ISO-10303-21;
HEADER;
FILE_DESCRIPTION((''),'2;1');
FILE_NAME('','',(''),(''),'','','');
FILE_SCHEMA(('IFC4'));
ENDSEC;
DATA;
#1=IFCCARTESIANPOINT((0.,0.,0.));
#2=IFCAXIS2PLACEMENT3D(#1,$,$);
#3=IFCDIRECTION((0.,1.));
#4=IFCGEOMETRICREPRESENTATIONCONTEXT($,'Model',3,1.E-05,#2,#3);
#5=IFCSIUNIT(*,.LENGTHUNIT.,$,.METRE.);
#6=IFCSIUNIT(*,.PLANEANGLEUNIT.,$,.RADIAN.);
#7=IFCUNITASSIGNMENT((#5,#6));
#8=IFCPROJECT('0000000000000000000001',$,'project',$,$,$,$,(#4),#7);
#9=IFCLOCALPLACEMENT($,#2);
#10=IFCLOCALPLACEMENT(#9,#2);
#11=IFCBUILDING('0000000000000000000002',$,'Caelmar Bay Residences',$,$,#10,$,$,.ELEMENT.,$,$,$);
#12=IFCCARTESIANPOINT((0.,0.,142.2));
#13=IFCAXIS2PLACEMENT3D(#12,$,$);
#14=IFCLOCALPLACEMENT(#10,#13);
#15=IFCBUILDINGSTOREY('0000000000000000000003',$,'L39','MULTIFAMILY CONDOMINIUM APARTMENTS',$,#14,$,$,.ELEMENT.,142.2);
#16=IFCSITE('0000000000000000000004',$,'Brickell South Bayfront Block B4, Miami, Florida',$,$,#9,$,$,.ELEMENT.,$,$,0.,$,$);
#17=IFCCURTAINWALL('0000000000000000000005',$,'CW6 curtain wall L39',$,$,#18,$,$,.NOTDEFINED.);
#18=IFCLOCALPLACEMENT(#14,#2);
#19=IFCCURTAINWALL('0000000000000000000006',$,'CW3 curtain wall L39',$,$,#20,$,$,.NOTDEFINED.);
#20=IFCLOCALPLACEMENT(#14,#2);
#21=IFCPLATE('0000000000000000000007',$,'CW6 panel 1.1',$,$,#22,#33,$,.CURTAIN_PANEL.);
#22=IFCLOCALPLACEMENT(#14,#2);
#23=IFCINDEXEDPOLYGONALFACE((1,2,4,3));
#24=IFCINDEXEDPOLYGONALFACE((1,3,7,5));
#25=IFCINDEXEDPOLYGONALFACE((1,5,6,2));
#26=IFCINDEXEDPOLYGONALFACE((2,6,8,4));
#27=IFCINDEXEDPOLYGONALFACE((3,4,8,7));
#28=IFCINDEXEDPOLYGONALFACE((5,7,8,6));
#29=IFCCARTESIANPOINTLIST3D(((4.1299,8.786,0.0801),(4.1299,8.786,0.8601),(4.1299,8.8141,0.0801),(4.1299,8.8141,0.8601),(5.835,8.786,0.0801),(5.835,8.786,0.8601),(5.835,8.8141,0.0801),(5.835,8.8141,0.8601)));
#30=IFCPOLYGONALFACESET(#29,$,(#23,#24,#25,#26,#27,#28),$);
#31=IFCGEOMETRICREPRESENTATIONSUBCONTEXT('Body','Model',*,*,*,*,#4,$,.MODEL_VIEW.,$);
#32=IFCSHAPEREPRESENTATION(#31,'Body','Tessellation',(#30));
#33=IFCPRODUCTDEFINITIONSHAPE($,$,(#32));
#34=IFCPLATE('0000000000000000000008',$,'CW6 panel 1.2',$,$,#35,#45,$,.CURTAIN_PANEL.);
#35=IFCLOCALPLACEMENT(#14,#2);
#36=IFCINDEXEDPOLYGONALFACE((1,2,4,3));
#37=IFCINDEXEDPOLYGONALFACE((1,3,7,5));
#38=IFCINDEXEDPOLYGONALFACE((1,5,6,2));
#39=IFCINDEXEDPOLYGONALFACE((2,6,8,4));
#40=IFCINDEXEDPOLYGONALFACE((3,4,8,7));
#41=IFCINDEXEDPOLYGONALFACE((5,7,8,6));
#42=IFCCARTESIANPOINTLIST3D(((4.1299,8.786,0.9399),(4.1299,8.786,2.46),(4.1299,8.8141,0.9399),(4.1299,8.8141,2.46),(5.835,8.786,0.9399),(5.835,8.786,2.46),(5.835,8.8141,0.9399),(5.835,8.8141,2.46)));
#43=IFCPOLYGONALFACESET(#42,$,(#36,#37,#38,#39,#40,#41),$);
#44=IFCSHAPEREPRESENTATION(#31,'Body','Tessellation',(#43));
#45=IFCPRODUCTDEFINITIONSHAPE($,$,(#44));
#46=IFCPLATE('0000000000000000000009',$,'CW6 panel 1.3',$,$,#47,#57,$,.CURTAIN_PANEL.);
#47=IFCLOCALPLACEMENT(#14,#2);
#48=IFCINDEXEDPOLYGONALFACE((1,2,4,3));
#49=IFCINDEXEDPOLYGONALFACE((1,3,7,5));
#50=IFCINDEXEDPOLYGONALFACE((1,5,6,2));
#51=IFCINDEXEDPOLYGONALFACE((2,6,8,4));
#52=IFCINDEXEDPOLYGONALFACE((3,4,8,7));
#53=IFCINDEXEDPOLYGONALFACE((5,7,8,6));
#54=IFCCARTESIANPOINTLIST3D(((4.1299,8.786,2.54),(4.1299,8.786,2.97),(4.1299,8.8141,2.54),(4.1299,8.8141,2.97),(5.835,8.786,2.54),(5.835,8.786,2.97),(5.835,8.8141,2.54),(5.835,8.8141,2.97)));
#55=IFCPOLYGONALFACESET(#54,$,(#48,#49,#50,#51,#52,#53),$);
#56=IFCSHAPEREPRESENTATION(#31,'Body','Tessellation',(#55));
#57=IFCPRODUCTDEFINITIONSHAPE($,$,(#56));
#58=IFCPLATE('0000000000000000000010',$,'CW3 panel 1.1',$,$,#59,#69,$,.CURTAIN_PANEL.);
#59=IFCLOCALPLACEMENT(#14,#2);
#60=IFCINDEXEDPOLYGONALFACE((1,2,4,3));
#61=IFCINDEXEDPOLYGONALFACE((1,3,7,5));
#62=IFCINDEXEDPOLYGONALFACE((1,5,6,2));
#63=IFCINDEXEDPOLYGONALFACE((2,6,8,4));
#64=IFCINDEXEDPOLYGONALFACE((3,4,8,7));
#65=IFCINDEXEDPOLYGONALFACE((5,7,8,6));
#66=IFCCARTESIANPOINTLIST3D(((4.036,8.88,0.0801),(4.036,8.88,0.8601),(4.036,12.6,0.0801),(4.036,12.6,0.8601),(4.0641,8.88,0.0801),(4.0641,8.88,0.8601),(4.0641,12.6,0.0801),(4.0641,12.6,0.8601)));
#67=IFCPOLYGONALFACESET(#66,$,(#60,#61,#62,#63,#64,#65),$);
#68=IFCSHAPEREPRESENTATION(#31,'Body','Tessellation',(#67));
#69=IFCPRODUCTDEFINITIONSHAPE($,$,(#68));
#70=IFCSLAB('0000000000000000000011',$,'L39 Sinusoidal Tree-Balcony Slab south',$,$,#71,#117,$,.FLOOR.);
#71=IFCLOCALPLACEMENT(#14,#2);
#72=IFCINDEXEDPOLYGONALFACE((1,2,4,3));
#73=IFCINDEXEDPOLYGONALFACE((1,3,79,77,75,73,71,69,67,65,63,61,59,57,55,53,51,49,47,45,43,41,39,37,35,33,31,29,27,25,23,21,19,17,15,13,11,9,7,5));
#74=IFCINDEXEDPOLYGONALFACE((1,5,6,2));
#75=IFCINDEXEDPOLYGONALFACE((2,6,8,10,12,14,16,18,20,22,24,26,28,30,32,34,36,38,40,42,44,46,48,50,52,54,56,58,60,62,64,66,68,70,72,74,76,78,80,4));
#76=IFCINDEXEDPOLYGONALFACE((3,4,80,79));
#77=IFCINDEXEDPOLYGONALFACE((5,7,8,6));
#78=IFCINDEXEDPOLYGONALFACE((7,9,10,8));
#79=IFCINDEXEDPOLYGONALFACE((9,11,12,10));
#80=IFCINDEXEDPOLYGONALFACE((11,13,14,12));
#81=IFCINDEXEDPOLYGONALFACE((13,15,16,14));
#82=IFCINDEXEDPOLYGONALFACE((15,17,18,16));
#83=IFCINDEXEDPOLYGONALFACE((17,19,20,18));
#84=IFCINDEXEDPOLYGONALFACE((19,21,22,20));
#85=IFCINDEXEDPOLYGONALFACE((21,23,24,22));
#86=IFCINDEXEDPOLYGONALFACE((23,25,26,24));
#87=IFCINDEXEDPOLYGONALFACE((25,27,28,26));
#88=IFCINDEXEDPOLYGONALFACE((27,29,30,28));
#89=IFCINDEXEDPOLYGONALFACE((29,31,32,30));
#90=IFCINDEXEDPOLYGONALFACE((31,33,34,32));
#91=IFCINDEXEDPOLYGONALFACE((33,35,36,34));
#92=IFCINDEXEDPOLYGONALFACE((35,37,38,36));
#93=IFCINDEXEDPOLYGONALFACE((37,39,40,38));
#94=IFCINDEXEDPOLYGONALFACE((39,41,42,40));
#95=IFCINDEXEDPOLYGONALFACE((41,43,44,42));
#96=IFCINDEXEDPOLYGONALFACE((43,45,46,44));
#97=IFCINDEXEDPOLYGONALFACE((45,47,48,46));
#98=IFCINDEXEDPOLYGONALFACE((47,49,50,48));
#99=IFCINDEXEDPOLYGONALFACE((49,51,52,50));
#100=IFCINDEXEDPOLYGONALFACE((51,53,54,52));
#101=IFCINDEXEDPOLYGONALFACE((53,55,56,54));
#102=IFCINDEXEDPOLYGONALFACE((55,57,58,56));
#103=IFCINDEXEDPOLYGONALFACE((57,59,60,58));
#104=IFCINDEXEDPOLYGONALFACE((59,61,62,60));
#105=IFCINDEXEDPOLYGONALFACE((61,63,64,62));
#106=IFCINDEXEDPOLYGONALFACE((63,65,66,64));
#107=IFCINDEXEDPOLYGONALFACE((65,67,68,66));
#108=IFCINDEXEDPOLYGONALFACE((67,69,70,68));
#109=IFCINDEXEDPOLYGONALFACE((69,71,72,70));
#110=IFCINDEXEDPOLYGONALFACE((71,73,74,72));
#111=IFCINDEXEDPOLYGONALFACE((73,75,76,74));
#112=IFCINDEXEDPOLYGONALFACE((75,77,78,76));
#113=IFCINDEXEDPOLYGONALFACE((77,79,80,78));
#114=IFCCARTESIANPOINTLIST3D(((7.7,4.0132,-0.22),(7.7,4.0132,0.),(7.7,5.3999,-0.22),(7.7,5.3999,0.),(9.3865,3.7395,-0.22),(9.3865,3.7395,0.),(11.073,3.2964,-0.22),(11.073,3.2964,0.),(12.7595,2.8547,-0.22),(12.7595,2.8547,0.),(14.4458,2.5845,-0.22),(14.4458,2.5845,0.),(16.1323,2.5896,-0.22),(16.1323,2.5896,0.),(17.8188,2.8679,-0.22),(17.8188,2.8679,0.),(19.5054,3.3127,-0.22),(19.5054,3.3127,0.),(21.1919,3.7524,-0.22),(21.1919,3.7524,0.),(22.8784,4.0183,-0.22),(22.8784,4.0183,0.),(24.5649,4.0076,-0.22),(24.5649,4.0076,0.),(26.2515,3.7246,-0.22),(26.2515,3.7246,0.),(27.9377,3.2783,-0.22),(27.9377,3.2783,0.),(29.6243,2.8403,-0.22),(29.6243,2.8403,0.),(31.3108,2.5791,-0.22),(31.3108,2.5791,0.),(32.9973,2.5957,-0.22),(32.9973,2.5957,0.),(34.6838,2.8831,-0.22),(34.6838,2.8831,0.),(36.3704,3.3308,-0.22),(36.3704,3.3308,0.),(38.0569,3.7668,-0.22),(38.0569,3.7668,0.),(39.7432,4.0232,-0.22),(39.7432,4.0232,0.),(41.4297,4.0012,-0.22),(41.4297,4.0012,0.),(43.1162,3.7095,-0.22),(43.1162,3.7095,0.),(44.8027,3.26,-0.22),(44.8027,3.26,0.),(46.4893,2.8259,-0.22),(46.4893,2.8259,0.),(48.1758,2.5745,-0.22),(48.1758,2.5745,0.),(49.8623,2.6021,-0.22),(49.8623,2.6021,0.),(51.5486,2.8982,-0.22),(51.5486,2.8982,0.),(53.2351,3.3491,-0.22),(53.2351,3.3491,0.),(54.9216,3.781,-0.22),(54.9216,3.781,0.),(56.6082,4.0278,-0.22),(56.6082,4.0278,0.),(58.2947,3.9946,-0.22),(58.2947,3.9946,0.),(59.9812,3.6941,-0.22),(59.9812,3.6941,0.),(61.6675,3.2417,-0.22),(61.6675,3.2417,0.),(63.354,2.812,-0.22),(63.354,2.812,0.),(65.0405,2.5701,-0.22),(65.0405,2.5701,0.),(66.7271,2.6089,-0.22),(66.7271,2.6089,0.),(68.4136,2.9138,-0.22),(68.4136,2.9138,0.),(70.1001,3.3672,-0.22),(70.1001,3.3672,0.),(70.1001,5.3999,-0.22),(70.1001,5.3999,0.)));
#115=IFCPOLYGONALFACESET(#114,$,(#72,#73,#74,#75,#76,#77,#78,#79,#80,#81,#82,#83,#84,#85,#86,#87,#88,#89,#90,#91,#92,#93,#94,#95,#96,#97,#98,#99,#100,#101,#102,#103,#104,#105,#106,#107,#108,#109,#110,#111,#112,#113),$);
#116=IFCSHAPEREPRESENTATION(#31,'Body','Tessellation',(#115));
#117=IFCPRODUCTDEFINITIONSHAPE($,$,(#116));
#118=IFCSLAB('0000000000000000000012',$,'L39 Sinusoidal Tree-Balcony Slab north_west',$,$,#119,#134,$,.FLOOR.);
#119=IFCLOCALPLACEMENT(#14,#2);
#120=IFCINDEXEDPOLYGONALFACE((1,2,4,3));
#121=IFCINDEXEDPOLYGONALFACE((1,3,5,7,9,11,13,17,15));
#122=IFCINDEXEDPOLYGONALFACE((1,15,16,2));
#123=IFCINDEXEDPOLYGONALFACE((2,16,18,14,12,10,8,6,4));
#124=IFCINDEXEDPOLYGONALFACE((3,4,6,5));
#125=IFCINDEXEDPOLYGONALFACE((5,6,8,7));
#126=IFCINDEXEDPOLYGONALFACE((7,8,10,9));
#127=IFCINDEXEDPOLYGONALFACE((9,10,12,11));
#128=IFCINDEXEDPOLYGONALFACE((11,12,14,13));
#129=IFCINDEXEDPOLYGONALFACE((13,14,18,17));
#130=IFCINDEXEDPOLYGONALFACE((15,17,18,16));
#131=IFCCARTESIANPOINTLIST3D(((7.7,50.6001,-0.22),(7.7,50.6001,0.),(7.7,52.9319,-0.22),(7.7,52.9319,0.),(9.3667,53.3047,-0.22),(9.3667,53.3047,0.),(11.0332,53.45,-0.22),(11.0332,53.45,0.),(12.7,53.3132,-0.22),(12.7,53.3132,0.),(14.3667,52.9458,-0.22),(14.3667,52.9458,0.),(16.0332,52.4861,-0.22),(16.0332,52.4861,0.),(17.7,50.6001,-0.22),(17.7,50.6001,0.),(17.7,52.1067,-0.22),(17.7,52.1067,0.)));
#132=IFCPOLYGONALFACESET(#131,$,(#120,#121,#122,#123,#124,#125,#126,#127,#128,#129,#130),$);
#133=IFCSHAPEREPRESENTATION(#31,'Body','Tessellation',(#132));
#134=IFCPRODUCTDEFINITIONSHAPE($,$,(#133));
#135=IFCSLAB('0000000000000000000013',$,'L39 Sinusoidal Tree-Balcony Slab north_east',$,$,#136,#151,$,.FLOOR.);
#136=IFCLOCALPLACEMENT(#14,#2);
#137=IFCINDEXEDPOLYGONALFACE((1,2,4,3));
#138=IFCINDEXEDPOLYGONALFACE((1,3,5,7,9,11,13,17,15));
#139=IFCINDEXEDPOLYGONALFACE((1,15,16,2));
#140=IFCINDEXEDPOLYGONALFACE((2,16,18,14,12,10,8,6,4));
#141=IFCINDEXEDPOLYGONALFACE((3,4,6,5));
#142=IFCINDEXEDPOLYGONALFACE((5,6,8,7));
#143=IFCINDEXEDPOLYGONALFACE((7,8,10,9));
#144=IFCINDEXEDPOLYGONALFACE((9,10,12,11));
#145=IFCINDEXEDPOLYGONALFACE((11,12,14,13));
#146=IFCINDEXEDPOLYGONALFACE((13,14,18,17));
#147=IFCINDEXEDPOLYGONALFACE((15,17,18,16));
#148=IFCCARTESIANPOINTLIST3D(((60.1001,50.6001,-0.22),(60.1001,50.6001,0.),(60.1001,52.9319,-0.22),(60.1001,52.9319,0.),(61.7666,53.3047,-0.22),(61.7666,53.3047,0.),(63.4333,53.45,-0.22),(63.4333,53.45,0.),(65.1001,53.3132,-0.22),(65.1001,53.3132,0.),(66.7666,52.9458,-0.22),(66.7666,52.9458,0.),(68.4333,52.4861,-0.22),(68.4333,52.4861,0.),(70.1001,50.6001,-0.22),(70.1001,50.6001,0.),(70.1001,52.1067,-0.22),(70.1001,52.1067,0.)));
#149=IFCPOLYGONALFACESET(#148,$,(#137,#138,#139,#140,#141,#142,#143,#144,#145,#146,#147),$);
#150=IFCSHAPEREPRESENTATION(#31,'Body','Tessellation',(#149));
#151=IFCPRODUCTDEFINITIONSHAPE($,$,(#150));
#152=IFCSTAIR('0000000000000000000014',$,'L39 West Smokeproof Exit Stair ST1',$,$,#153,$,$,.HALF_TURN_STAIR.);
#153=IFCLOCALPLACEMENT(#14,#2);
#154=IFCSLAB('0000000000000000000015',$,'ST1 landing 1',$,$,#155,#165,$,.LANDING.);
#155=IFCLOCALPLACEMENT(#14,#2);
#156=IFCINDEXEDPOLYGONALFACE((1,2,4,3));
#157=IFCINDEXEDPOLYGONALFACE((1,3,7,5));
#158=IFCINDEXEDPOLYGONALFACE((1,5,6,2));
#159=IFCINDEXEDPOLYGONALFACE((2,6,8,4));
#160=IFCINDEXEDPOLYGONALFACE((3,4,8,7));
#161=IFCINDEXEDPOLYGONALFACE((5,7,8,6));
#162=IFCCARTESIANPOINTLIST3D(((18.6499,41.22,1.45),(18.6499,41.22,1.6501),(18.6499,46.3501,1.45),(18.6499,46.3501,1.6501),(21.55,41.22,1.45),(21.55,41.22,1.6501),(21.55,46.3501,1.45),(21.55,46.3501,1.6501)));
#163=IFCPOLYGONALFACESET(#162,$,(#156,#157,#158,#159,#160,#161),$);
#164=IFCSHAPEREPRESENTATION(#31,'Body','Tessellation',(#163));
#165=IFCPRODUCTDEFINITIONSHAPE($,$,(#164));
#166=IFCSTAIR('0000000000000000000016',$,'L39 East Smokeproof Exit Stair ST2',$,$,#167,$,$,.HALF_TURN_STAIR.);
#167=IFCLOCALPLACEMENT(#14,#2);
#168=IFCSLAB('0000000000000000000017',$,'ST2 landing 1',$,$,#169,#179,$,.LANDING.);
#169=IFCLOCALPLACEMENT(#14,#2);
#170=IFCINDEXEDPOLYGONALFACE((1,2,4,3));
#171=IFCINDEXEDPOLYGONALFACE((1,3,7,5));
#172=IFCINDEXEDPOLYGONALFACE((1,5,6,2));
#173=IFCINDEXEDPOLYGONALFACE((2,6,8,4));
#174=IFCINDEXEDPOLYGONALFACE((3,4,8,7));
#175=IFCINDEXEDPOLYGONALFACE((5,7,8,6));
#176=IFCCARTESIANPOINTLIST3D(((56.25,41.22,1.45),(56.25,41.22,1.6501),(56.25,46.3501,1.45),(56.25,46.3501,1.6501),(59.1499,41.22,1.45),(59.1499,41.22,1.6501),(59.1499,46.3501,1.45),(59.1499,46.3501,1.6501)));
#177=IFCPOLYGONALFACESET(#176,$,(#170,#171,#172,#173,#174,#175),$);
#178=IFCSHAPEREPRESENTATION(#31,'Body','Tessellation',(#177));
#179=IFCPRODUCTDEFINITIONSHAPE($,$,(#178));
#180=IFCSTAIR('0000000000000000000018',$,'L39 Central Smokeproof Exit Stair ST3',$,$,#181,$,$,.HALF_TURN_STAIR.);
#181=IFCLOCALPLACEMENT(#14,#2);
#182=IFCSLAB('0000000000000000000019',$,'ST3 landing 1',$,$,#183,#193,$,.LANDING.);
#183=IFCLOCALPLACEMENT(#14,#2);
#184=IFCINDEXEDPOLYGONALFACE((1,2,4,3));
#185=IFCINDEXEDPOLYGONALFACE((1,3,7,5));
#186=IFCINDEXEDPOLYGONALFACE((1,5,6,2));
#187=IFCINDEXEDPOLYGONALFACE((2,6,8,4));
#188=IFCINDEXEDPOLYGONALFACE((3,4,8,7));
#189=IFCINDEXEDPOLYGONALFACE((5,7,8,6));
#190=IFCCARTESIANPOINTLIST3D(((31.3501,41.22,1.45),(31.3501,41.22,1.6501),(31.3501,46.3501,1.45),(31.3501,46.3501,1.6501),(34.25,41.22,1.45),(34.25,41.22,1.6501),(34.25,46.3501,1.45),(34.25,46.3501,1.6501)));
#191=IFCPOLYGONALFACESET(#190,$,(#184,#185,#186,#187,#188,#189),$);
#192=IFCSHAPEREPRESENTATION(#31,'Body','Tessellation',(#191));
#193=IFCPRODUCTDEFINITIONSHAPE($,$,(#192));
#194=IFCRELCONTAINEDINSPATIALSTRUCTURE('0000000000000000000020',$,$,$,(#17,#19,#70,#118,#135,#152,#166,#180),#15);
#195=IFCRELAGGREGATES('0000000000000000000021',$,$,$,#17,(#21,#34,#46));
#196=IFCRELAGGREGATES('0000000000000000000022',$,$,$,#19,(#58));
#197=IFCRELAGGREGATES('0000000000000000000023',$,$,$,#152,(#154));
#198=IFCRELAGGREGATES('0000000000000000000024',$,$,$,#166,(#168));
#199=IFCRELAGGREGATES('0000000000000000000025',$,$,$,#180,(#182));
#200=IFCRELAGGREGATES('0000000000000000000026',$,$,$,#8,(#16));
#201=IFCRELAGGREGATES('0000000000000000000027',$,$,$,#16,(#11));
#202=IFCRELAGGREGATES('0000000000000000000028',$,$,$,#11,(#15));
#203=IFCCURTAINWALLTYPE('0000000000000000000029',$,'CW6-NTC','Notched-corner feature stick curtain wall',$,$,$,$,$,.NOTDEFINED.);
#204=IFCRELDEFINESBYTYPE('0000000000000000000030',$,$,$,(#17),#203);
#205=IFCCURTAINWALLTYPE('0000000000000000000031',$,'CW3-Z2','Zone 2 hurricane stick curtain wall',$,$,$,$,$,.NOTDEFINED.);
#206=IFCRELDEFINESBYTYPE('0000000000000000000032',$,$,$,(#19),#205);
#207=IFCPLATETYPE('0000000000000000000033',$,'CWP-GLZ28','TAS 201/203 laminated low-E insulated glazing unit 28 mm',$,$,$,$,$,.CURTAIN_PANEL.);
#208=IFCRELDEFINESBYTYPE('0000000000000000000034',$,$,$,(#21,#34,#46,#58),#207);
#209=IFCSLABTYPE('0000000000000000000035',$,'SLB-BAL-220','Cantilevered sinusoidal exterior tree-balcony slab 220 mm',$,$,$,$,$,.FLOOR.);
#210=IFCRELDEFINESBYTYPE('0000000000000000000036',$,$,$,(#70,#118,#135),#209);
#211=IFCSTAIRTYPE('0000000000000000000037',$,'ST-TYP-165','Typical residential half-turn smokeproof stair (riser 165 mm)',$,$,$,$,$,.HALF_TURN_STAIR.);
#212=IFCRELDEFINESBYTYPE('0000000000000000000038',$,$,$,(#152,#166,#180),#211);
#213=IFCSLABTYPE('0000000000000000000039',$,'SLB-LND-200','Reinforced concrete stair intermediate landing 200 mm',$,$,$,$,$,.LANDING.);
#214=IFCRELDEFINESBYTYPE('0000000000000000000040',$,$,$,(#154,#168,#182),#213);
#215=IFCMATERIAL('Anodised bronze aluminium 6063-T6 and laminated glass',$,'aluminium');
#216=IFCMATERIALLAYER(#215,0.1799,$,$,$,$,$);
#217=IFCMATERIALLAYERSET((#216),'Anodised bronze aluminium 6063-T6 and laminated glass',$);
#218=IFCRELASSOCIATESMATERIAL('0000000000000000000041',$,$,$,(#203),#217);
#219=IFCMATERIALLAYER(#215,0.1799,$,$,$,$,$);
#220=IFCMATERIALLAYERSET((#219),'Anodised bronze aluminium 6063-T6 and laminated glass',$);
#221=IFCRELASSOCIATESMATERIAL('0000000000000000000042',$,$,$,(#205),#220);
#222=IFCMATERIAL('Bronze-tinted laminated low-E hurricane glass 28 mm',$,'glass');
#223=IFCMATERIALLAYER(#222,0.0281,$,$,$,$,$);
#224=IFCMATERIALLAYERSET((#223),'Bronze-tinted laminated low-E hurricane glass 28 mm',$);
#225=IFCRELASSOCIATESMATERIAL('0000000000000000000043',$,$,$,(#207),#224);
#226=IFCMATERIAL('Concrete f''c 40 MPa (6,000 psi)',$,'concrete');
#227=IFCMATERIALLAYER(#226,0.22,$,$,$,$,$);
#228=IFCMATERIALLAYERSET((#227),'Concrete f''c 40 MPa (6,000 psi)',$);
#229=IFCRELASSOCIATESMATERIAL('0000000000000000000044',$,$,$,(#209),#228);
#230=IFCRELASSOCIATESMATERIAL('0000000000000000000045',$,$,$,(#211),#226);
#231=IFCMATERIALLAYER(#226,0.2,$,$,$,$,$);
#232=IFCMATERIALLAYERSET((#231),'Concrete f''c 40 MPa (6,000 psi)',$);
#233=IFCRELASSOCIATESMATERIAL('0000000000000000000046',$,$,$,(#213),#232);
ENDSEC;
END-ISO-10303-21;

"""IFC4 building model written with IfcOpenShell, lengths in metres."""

from ifc_helpers import new_model, si_unit, direction, frame, origin, origin_2d, place, context, subcontext, project, spatial, polyline, rectangle, outline, extrude, material, layer, layer_set, type_object, element, aggregate, save


model = new_model("IFC4")

# Units and contexts
model_context = context("Model", 3, precision=1e-05, world=origin(), true_north=direction((0.0, 1.0)))
body_context = subcontext(model_context, "Body", "Model", "MODEL_VIEW")
ifc_project = project(units=[si_unit("LENGTHUNIT", "METRE"), si_unit("PLANEANGLEUNIT", "RADIAN")], contexts=[model_context])

# Site, building, storey
site_placement = place(None, origin())
site = spatial("IfcSite", under=ifc_project, at=site_placement, Name="Brickell South Bayfront Block B4, Miami, Florida", CompositionType="ELEMENT", RefElevation=0.0)
building_placement = place(site_placement, origin())
building = spatial("IfcBuilding", under=site, at=building_placement, Name="Caelmar Bay Residences", CompositionType="ELEMENT")
storey_placement = place(building_placement, frame((0.0, 0.0, 142.2)))
storey = spatial("IfcBuildingStorey", under=building, at=storey_placement, Name="L39", Description="MULTIFAMILY CONDOMINIUM APARTMENTS", CompositionType="ELEMENT", Elevation=142.2)

# Curtain wall
ifc_material_1 = material(Name="Anodised bronze aluminium 6063-T6 and laminated glass", Category="aluminium")
ifc_layer_1 = layer(ifc_material_1, 0.1799)
ifc_layer_set_1 = layer_set([ifc_layer_1], Name="Anodised bronze aluminium 6063-T6 and laminated glass")
curtain_wall_type_1 = type_object("IfcCurtainWallType", Name="CW6-NTC", Description="Notched-corner feature stick curtain wall", PredefinedType="NOTDEFINED", material=ifc_layer_set_1)
curtain_wall_1_placement = place(storey_placement, origin())
curtain_wall_1 = element("IfcCurtainWall", 1, at=curtain_wall_1_placement, inside=storey, type_object=curtain_wall_type_1, Name="CW6 curtain wall L39", PredefinedType="NOTDEFINED")

# Curtain wall
ifc_layer_2 = layer(ifc_material_1, 0.1799)
ifc_layer_set_2 = layer_set([ifc_layer_2], Name="Anodised bronze aluminium 6063-T6 and laminated glass")
curtain_wall_type_2 = type_object("IfcCurtainWallType", Name="CW3-Z2", Description="Zone 2 hurricane stick curtain wall", PredefinedType="NOTDEFINED", material=ifc_layer_set_2)
curtain_wall_2_placement = place(storey_placement, origin())
curtain_wall_2 = element("IfcCurtainWall", 2, at=curtain_wall_2_placement, inside=storey, type_object=curtain_wall_type_2, Name="CW3 curtain wall L39", PredefinedType="NOTDEFINED")

# Plates
ifc_material_2 = material(Name="Bronze-tinted laminated low-E hurricane glass 28 mm", Category="glass")
ifc_layer_3 = layer(ifc_material_2, 0.0281)
ifc_layer_set_3 = layer_set([ifc_layer_3], Name="Bronze-tinted laminated low-E hurricane glass 28 mm")
plate_type = type_object("IfcPlateType", Name="CWP-GLZ28", Description="TAS 201/203 laminated low-E insulated glazing unit 28 mm", PredefinedType="CURTAIN_PANEL", material=ifc_layer_set_3)
plate_1_placement = place(storey_placement, frame((4.9824, 8.8, 0.0801), z_axis=(0.0, 0.0, 1.0), x_axis=(1.0, 0.0, 0.0)))
plate_1 = element("IfcPlate", 3, at=plate_1_placement, type_object=plate_type, Name="CW6 panel 1.1", PredefinedType="CURTAIN_PANEL", context=body_context, shape_type="SweptSolid", body=[
    extrude(rectangle(XDim=1.7051, YDim=0.0281, at=origin_2d()), origin(), (0.0, 0.0, 1.0), 0.78),
])
plate_2_placement = place(storey_placement, frame((4.9824, 8.8, 0.9399), z_axis=(0.0, 0.0, 1.0), x_axis=(1.0, 0.0, 0.0)))
plate_2 = element("IfcPlate", 4, at=plate_2_placement, type_object=plate_type, Name="CW6 panel 1.2", PredefinedType="CURTAIN_PANEL", context=body_context, shape_type="SweptSolid", body=[
    extrude(rectangle(XDim=1.7051, YDim=0.0281, at=origin_2d()), origin(), (0.0, 0.0, 1.0), 1.52),
])
plate_3_placement = place(storey_placement, frame((4.9824, 8.8, 2.54), z_axis=(0.0, 0.0, 1.0), x_axis=(1.0, 0.0, 0.0)))
plate_3 = element("IfcPlate", 5, at=plate_3_placement, type_object=plate_type, Name="CW6 panel 1.3", PredefinedType="CURTAIN_PANEL", context=body_context, shape_type="SweptSolid", body=[
    extrude(rectangle(XDim=1.7051, YDim=0.0281, at=origin_2d()), origin(), (0.0, 0.0, 1.0), 0.4299),
])
aggregate(curtain_wall_1, [plate_1, plate_2, plate_3])
plate_4_placement = place(storey_placement, frame((4.05, 10.74, 0.0801), z_axis=(0.0, 0.0, 1.0), x_axis=(0.0, 1.0, 0.0)))
plate_4 = element("IfcPlate", 6, at=plate_4_placement, type_object=plate_type, Name="CW3 panel 1.1", PredefinedType="CURTAIN_PANEL", context=body_context, shape_type="SweptSolid", body=[
    extrude(rectangle(XDim=3.72, YDim=0.0281, at=origin_2d()), origin(), (0.0, 0.0, 1.0), 0.78),
])
aggregate(curtain_wall_2, [plate_4])

# Slabs
ifc_material_3 = material(Name="Concrete f'c 40 MPa (6,000 psi)", Category="concrete")
ifc_layer_4 = layer(ifc_material_3, 0.22)
ifc_layer_set_4 = layer_set([ifc_layer_4], Name="Concrete f'c 40 MPa (6,000 psi)")
slab_type_1 = type_object("IfcSlabType", Name="SLB-BAL-220", Description="Cantilevered sinusoidal exterior tree-balcony slab 220 mm", PredefinedType="FLOOR", material=ifc_layer_set_4)
slab_1_placement = place(storey_placement, frame((0.0, 0.0, -0.22)))
element("IfcSlab", 7, at=slab_1_placement, inside=storey, type_object=slab_type_1, Name="L39 Sinusoidal Tree-Balcony Slab south", PredefinedType="FLOOR", context=body_context, shape_type="SweptSolid", body=[
    extrude(outline(polyline([(7.7, 4.0132), (9.3865, 3.7395), (11.073, 3.2964), (12.7595, 2.8547), (14.4458, 2.5845), (16.1323, 2.5896), (17.8188, 2.8679), (19.5054, 3.3127), (21.1919, 3.7524), (22.8784, 4.0183), (24.5649, 4.0076), (26.2515, 3.7246), (27.9377, 3.2783), (29.6243, 2.8403), (31.3108, 2.5791), (32.9973, 2.5957), (34.6838, 2.8831), (36.3704, 3.3308), (38.0569, 3.7668), (39.7432, 4.0232), (41.4297, 4.0012), (43.1162, 3.7095), (44.8027, 3.26), (46.4893, 2.8259), (48.1758, 2.5745), (49.8623, 2.6021), (51.5486, 2.8982), (53.2351, 3.3491), (54.9216, 3.781), (56.6082, 4.0278), (58.2947, 3.9946), (59.9812, 3.6941), (61.6675, 3.2417), (63.354, 2.812), (65.0405, 2.5701), (66.7271, 2.6089), (68.4136, 2.9138), (70.1001, 3.3672), (70.1001, 5.3999), (7.7, 5.3999), (7.7, 4.0132)])), origin(), (0.0, 0.0, 1.0), 0.22),
])
slab_2_placement = place(storey_placement, frame((0.0, 0.0, -0.22)))
element("IfcSlab", 8, at=slab_2_placement, inside=storey, type_object=slab_type_1, Name="L39 Sinusoidal Tree-Balcony Slab north_west", PredefinedType="FLOOR", context=body_context, shape_type="SweptSolid", body=[
    extrude(outline(polyline([(7.7, 50.6001), (17.7, 50.6001), (17.7, 52.1067), (16.0332, 52.4861), (14.3667, 52.9458), (12.7, 53.3132), (11.0332, 53.45), (9.3667, 53.3047), (7.7, 52.9319), (7.7, 50.6001)])), origin(), (0.0, 0.0, 1.0), 0.22),
])
slab_3_placement = place(storey_placement, frame((0.0, 0.0, -0.22)))
element("IfcSlab", 9, at=slab_3_placement, inside=storey, type_object=slab_type_1, Name="L39 Sinusoidal Tree-Balcony Slab north_east", PredefinedType="FLOOR", context=body_context, shape_type="SweptSolid", body=[
    extrude(outline(polyline([(60.1001, 50.6001), (70.1001, 50.6001), (70.1001, 52.1067), (68.4333, 52.4861), (66.7666, 52.9458), (65.1001, 53.3132), (63.4333, 53.45), (61.7666, 53.3047), (60.1001, 52.9319), (60.1001, 50.6001)])), origin(), (0.0, 0.0, 1.0), 0.22),
])

# Stairs, slabs
stair_type = type_object("IfcStairType", Name="ST-TYP-165", Description="Typical residential half-turn smokeproof stair (riser 165 mm)", PredefinedType="HALF_TURN_STAIR", material=ifc_material_3)
stair_1_placement = place(storey_placement, origin())
stair_1 = element("IfcStair", 10, at=stair_1_placement, inside=storey, type_object=stair_type, Name="L39 West Smokeproof Exit Stair ST1", PredefinedType="HALF_TURN_STAIR")
ifc_layer_5 = layer(ifc_material_3, 0.2)
ifc_layer_set_5 = layer_set([ifc_layer_5], Name="Concrete f'c 40 MPa (6,000 psi)")
slab_type_2 = type_object("IfcSlabType", Name="SLB-LND-200", Description="Reinforced concrete stair intermediate landing 200 mm", PredefinedType="LANDING", material=ifc_layer_set_5)
slab_4_placement = place(storey_placement, frame((0.0, 0.0, 1.45)))
slab_4 = element("IfcSlab", 11, at=slab_4_placement, type_object=slab_type_2, Name="ST1 landing 1", PredefinedType="LANDING", context=body_context, shape_type="SweptSolid", body=[
    extrude(outline(polyline([(21.55, 41.22), (21.55, 46.3501), (18.6499, 46.3501), (18.6499, 41.22), (21.55, 41.22)])), origin(), (0.0, 0.0, 1.0), 0.2002),
])
aggregate(stair_1, [slab_4])
stair_2_placement = place(storey_placement, origin())
stair_2 = element("IfcStair", 12, at=stair_2_placement, inside=storey, type_object=stair_type, Name="L39 East Smokeproof Exit Stair ST2", PredefinedType="HALF_TURN_STAIR")
slab_5_placement = place(storey_placement, frame((0.0, 0.0, 1.45)))
slab_5 = element("IfcSlab", 13, at=slab_5_placement, type_object=slab_type_2, Name="ST2 landing 1", PredefinedType="LANDING", context=body_context, shape_type="SweptSolid", body=[
    extrude(outline(polyline([(59.1499, 41.22), (59.1499, 46.3501), (56.25, 46.3501), (56.25, 41.22), (59.1499, 41.22)])), origin(), (0.0, 0.0, 1.0), 0.2002),
])
aggregate(stair_2, [slab_5])
stair_3_placement = place(storey_placement, origin())
stair_3 = element("IfcStair", 14, at=stair_3_placement, inside=storey, type_object=stair_type, Name="L39 Central Smokeproof Exit Stair ST3", PredefinedType="HALF_TURN_STAIR")
slab_6_placement = place(storey_placement, frame((0.0, 0.0, 1.45)))
slab_6 = element("IfcSlab", 15, at=slab_6_placement, type_object=slab_type_2, Name="ST3 landing 1", PredefinedType="LANDING", context=body_context, shape_type="SweptSolid", body=[
    extrude(outline(polyline([(34.25, 41.22), (34.25, 46.3501), (31.3501, 46.3501), (31.3501, 41.22), (34.25, 41.22)])), origin(), (0.0, 0.0, 1.0), 0.2002),
])
aggregate(stair_3, [slab_6])

save(model, "model.ifc")
